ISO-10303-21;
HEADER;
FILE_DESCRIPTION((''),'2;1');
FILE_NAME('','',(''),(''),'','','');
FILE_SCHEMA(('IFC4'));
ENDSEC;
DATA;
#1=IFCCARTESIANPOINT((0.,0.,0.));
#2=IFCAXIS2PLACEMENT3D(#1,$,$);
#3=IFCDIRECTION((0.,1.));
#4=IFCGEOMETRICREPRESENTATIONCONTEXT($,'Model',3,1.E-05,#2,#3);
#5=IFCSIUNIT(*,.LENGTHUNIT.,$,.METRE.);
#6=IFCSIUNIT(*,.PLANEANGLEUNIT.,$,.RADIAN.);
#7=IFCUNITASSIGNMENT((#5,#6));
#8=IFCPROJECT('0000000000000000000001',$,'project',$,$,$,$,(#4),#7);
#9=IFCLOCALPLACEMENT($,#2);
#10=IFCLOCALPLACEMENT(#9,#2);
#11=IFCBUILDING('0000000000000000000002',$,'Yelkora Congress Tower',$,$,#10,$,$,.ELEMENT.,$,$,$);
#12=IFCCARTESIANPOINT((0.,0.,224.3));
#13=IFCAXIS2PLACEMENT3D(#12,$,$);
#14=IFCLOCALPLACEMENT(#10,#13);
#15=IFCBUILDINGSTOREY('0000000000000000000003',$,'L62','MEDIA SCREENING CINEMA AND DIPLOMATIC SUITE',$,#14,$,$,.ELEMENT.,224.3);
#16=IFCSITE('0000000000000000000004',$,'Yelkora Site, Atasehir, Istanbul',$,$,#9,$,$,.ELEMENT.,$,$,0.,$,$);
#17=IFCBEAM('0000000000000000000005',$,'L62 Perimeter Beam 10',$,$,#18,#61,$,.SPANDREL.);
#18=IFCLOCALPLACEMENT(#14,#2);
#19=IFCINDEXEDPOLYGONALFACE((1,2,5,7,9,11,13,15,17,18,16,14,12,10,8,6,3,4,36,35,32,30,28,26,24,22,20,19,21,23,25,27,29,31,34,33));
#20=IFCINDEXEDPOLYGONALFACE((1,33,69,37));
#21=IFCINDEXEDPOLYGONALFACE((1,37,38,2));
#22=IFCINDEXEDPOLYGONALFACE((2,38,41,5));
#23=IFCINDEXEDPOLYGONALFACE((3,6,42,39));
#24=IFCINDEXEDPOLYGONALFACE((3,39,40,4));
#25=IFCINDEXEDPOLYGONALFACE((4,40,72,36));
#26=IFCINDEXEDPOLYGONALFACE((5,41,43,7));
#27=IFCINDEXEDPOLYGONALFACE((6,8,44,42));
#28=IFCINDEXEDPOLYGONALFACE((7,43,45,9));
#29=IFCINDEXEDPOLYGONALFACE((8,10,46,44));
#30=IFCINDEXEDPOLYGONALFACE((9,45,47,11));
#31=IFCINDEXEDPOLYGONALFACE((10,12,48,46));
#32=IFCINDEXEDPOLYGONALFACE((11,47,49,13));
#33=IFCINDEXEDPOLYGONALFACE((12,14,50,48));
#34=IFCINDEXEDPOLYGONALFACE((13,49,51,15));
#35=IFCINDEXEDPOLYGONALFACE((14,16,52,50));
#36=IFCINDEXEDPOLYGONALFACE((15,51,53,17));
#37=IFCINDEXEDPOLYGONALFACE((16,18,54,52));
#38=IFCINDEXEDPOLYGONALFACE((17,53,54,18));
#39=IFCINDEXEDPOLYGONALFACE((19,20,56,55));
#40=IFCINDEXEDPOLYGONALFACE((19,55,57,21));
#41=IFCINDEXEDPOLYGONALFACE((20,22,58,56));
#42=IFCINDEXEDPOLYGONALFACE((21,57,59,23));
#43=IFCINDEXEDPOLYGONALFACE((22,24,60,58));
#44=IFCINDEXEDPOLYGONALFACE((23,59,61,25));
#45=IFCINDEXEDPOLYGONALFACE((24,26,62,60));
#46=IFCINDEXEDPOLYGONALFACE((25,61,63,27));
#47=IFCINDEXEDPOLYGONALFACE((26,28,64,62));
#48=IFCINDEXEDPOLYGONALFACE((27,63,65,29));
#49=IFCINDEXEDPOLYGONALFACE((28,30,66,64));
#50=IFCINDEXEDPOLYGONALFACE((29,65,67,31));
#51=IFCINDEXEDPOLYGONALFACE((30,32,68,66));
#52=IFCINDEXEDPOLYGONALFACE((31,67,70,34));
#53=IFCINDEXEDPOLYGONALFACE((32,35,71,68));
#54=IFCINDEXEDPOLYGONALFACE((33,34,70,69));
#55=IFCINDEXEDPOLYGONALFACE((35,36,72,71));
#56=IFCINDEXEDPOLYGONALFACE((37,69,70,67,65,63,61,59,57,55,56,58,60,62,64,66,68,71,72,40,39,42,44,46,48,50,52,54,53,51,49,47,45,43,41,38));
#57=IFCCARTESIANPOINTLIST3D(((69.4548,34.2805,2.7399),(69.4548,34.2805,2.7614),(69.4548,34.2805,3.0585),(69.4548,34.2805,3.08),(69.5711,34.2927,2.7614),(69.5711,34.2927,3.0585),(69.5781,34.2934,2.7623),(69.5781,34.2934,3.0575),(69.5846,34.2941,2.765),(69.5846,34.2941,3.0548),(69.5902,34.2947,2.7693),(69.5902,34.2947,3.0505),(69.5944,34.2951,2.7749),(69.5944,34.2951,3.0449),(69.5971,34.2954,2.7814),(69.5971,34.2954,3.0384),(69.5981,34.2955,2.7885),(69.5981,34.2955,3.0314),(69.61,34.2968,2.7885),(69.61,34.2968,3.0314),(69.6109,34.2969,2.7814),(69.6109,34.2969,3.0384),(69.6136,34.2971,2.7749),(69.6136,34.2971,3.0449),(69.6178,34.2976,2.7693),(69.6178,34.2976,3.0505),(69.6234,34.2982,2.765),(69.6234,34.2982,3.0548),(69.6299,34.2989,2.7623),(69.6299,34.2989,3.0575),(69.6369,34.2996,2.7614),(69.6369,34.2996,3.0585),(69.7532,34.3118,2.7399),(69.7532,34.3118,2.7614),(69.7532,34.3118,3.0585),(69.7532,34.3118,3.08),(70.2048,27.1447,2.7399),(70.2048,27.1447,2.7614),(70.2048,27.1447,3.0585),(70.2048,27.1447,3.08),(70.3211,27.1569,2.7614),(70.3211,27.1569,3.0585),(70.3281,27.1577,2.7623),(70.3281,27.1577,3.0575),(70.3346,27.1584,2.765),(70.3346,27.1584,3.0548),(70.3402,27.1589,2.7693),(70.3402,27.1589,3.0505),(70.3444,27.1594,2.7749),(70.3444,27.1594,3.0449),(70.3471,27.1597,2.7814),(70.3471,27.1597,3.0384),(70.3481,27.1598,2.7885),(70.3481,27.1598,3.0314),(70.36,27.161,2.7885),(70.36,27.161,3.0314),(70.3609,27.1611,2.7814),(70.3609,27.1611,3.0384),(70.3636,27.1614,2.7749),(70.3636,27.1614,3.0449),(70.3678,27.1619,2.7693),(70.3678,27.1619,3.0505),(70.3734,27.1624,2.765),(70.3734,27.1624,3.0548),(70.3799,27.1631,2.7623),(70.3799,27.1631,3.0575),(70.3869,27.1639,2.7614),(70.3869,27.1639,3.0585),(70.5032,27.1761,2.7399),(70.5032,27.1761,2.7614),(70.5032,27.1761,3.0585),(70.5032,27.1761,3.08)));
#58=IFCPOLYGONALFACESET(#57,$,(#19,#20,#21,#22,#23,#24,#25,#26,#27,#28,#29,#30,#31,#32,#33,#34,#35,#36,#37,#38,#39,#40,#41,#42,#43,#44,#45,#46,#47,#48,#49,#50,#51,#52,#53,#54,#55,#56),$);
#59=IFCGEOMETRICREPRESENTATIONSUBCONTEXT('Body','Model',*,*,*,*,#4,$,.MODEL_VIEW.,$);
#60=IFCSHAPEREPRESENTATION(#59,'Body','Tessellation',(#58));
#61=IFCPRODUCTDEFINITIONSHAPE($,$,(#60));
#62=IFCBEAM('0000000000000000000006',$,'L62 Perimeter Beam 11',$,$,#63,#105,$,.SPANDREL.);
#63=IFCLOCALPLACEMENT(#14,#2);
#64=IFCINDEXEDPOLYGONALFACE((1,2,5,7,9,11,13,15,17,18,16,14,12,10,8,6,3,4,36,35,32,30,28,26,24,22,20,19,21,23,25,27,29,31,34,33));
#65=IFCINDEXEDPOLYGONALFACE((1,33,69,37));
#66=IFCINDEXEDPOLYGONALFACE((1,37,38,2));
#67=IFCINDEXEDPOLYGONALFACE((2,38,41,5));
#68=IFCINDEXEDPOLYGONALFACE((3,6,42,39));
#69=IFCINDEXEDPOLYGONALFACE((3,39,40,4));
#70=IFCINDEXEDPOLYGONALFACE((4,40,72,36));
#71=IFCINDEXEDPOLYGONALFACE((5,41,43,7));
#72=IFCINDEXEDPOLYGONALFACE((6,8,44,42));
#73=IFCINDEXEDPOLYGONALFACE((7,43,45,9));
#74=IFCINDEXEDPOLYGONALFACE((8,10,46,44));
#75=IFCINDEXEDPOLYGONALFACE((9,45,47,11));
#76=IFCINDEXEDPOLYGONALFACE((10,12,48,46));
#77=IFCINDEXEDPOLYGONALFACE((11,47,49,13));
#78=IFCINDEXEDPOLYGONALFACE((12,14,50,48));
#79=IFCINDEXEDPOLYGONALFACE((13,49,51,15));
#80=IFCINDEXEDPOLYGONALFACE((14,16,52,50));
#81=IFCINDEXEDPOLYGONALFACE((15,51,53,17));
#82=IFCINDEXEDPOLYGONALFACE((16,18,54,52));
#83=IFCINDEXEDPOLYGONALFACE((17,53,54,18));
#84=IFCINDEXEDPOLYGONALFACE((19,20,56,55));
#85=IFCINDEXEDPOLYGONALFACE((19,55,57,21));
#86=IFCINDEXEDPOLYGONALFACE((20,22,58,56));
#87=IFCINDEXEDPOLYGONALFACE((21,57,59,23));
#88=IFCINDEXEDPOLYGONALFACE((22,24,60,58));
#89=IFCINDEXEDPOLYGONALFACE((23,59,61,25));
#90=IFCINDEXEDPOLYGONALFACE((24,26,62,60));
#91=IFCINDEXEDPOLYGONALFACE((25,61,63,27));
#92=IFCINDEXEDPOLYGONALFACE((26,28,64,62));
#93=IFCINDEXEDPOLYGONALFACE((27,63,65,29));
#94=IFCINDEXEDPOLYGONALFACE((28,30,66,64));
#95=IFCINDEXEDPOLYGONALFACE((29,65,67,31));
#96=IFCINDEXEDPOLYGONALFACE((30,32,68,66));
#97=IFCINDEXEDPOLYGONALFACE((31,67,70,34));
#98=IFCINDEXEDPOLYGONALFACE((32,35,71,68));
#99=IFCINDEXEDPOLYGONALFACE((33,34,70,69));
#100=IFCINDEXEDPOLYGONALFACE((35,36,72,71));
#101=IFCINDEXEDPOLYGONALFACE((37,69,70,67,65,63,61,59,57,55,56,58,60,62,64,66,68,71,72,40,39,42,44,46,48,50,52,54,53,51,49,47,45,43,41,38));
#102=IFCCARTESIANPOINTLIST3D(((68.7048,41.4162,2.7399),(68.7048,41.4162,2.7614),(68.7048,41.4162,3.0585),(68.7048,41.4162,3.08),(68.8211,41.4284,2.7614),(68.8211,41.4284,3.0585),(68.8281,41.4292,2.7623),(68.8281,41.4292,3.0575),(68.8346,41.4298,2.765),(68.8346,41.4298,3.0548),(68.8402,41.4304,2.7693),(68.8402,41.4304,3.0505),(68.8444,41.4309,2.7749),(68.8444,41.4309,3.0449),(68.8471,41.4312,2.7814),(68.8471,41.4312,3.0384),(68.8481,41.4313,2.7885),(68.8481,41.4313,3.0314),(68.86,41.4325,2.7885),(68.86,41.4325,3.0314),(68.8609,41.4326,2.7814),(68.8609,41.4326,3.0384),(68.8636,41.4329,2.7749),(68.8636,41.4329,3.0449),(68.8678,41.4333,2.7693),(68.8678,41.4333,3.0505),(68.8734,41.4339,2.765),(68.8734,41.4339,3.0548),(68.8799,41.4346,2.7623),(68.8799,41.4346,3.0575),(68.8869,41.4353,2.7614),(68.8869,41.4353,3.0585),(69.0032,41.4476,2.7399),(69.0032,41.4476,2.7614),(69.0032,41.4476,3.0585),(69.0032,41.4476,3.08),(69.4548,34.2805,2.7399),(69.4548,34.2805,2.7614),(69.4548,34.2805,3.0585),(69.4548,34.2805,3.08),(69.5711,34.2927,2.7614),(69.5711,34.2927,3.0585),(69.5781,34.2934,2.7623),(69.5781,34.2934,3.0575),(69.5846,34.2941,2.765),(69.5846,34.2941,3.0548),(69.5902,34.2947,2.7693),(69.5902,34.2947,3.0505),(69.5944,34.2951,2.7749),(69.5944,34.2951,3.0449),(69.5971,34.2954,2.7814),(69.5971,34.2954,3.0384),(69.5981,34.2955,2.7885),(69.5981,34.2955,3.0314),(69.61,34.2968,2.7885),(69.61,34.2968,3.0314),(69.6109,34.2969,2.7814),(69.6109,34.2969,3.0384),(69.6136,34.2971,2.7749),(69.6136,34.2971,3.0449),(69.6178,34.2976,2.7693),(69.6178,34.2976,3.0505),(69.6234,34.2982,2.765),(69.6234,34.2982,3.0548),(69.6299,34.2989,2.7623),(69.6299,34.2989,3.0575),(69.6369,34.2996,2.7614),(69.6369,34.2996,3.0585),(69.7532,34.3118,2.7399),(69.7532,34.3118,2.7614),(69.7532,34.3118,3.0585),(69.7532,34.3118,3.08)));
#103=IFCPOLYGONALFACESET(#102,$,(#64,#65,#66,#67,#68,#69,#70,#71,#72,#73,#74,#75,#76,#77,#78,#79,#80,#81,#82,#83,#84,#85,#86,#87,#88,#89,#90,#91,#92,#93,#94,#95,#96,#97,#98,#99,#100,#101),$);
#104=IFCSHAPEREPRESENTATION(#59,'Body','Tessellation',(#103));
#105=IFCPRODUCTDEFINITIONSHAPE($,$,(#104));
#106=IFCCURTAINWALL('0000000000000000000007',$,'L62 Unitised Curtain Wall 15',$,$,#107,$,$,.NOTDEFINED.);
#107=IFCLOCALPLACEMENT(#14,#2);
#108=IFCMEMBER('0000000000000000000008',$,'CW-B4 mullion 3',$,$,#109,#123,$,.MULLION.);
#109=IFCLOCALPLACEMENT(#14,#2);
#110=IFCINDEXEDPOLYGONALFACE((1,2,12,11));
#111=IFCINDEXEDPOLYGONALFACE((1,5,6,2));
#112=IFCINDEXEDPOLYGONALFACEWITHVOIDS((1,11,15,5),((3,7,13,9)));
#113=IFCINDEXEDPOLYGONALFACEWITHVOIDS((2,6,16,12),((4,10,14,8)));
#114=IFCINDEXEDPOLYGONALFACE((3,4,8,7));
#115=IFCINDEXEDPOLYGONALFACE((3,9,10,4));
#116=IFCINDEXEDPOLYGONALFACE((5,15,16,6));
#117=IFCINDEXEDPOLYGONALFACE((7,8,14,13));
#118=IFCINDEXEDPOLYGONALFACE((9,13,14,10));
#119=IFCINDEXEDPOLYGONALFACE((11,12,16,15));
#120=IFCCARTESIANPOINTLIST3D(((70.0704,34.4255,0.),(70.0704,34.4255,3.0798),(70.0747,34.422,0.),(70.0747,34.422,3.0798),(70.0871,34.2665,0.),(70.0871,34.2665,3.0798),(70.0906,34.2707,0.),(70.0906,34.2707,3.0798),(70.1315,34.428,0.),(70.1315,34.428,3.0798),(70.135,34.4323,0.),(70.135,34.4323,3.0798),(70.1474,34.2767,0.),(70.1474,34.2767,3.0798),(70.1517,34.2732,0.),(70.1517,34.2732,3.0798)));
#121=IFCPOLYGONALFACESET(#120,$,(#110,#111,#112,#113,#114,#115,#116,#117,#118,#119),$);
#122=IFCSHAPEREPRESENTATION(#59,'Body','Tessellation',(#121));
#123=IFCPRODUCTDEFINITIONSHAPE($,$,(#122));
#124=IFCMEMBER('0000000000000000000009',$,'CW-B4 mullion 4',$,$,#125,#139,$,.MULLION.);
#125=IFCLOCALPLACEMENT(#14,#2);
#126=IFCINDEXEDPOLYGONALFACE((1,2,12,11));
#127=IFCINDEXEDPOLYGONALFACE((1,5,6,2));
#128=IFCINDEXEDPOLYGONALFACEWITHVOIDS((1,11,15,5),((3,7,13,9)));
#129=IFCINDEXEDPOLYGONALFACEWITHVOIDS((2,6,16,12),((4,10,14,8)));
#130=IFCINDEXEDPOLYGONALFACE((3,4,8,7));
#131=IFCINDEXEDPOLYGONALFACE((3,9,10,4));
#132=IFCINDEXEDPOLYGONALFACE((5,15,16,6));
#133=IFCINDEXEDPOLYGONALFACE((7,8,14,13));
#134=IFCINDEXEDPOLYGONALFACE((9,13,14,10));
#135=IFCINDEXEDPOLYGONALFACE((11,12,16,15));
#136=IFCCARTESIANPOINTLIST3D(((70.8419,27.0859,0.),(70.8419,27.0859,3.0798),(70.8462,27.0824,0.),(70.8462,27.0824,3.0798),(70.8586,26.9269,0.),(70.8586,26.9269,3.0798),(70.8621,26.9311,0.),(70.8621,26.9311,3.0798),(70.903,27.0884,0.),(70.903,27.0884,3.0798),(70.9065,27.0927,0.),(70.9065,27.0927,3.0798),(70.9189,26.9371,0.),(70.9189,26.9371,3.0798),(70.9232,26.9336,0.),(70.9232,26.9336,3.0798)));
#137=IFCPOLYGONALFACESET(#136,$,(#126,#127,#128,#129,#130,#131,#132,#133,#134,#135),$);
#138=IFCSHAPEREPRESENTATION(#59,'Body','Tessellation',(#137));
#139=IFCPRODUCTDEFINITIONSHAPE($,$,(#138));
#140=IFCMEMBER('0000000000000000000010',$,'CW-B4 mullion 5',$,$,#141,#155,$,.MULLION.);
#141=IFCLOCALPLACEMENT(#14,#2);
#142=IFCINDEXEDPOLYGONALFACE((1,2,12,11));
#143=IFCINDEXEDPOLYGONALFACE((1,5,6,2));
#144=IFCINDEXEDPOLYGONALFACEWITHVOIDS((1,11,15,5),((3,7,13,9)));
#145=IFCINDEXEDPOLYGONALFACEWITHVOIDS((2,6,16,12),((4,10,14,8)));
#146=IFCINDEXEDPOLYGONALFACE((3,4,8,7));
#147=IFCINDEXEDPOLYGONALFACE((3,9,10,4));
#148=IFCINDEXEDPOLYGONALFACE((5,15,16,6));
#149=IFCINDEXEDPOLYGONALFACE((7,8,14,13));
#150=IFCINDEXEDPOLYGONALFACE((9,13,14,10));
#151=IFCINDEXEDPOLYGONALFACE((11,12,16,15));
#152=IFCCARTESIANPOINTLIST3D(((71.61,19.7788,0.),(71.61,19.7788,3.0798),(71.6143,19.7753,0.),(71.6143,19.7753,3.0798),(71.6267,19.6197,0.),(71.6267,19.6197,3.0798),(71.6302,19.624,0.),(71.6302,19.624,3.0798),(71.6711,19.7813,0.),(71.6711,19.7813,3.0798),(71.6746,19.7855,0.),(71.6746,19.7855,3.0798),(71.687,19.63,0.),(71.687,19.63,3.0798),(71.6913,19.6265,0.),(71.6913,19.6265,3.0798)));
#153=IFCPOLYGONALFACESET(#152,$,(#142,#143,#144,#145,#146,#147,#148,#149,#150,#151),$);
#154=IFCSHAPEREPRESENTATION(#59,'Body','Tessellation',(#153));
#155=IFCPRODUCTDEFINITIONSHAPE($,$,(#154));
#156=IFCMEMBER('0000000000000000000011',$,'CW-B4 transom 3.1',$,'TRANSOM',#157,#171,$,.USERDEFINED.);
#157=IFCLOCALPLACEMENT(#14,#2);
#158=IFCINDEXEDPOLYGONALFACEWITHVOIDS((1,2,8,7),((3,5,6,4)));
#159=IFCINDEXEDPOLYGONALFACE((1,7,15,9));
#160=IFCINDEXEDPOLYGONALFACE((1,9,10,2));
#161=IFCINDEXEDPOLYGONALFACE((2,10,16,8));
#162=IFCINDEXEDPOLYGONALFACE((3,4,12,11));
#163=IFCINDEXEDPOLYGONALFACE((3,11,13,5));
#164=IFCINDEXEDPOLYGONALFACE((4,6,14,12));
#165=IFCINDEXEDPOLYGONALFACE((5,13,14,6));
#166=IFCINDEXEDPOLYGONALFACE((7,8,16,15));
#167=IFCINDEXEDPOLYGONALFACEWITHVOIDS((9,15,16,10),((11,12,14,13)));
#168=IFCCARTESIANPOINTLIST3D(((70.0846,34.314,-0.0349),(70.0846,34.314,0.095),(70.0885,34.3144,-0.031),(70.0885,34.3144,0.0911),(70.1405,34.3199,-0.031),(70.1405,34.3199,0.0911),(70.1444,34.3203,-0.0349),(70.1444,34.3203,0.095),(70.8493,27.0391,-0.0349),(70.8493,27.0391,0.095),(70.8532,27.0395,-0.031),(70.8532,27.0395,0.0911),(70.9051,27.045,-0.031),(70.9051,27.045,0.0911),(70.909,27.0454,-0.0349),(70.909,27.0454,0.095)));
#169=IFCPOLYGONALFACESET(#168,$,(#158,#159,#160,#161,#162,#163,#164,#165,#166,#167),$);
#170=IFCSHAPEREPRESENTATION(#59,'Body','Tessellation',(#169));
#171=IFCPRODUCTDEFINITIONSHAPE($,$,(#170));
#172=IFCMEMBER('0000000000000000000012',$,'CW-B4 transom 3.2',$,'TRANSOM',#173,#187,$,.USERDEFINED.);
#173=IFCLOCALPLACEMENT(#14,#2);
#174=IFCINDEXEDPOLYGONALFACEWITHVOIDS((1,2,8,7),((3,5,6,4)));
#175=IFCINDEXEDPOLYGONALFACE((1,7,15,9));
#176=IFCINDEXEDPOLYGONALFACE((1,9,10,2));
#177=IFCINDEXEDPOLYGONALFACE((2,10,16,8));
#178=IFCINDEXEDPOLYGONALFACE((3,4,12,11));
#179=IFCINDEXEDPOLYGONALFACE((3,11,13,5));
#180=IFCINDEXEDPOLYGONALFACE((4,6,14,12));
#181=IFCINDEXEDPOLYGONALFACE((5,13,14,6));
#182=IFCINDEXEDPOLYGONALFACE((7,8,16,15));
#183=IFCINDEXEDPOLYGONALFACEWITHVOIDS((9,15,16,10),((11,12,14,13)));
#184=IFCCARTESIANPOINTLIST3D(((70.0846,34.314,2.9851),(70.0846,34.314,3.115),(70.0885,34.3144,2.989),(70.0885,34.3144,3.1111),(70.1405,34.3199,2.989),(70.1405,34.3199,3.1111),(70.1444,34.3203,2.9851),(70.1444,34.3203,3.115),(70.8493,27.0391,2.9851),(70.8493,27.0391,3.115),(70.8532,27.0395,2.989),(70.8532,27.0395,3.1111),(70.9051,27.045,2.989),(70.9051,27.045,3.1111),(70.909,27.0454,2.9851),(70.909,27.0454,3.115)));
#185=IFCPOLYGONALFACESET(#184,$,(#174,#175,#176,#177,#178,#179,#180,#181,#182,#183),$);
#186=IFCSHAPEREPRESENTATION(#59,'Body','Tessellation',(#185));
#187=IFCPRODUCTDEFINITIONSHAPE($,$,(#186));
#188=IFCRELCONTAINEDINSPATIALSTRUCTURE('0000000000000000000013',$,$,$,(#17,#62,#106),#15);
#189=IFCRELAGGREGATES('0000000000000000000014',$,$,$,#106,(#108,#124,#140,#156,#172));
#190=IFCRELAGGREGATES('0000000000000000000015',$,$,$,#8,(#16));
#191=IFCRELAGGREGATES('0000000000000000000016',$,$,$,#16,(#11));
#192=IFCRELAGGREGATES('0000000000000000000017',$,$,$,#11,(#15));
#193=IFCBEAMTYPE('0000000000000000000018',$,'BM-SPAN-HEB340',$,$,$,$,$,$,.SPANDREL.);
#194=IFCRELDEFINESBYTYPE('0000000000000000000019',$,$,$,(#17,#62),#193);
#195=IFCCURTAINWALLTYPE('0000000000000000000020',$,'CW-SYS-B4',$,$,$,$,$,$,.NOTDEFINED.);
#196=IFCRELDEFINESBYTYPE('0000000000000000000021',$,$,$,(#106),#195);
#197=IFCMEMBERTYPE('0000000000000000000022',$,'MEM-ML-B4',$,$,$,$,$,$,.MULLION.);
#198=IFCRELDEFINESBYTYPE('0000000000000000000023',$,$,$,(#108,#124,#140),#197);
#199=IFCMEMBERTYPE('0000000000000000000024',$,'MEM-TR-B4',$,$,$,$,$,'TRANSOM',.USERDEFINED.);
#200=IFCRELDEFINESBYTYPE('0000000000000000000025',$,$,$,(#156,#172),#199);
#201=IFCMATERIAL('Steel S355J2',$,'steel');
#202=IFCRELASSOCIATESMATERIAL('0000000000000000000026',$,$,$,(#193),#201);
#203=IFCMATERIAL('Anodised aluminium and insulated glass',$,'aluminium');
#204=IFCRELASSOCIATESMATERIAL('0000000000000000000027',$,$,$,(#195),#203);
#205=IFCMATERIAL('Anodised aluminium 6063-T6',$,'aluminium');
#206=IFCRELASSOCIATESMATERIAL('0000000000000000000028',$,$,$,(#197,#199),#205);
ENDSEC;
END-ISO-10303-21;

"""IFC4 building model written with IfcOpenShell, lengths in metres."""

from ifc_helpers import new_model, si_unit, direction, frame, origin, origin_2d, place, context, subcontext, project, spatial, hollow_rectangle, i_section, extrude, material, material_profile, profile_set, type_object, element, aggregate, save


model = new_model("IFC4")

# Units and contexts
model_context = context("Model", 3, precision=1e-05, world=origin(), true_north=direction((0.0, 1.0)))
body_context = subcontext(model_context, "Body", "Model", "MODEL_VIEW")
ifc_project = project(units=[si_unit("LENGTHUNIT", "METRE"), si_unit("PLANEANGLEUNIT", "RADIAN")], contexts=[model_context])

# Site, building, storey
site_placement = place(None, origin())
site = spatial("IfcSite", under=ifc_project, at=site_placement, Name="Yelkora Site, Atasehir, Istanbul", CompositionType="ELEMENT", RefElevation=0.0)
building_placement = place(site_placement, origin())
building = spatial("IfcBuilding", under=site, at=building_placement, Name="Yelkora Congress Tower", CompositionType="ELEMENT")
storey_placement = place(building_placement, frame((0.0, 0.0, 224.3)))
storey = spatial("IfcBuildingStorey", under=building, at=storey_placement, Name="L62", Description="MEDIA SCREENING CINEMA AND DIPLOMATIC SUITE", CompositionType="ELEMENT", Elevation=224.3)

# Shared definitions
ifc_material_1 = material(Name="Steel S355J2", Category="steel")

# Beams
ifc_material_profile_1 = material_profile(ifc_material_1, i_section(OverallWidth=0.3, OverallDepth=0.3401, WebThickness=0.012, FlangeThickness=0.0215, FilletRadius=0.0271, at=origin_2d()), Name="HEB 340")
ifc_profile_set_1 = profile_set([ifc_material_profile_1], Name="Steel S355J2")
beam_type_1 = type_object("IfcBeamType", Name="BM-SPAN-HEB340", PredefinedType="SPANDREL", material=ifc_profile_set_1)
for number, where, z_axis, x_axis, name in (
    (1, (70.354, 27.1604, 2.9099), (-0.104529, 0.994522, 0.0), (-0.994522, -0.104529, 0.0), "L62 Perimeter Beam 10"),
    (2, (69.604, 34.2961, 2.9099), (-0.104529, 0.994522, 0.0), (-0.994522, -0.104529, 0.0), "L62 Perimeter Beam 11"),
):
    element("IfcBeam", number, at=place(storey_placement, frame(where, z_axis=z_axis, x_axis=x_axis)), inside=storey, type_object=beam_type_1, Name=name, PredefinedType="SPANDREL", context=body_context, shape_type="SweptSolid", body=[
        extrude(i_section(OverallWidth=0.3, OverallDepth=0.3401, WebThickness=0.012, FlangeThickness=0.0215, FilletRadius=0.0271, at=origin_2d()), origin(), (0.0, 0.0, 1.0), 7.175),
    ])

# Curtain wall, members
ifc_material_2 = material(Name="Anodised aluminium and insulated glass", Category="aluminium")
curtain_wall_type = type_object("IfcCurtainWallType", Name="CW-SYS-B4", PredefinedType="NOTDEFINED", material=ifc_material_2)
curtain_wall_placement = place(storey_placement, origin())
curtain_wall = element("IfcCurtainWall", 3, at=curtain_wall_placement, inside=storey, type_object=curtain_wall_type, Name="L62 Unitised Curtain Wall 15", PredefinedType="NOTDEFINED")
ifc_material_3 = material(Name="Anodised aluminium 6063-T6", Category="aluminium")
ifc_material_profile_2 = material_profile(ifc_material_3, hollow_rectangle(XDim=0.0649, YDim=0.1599, WallThickness=0.0039, at=origin_2d()), Name="ALU 65x160x4")
ifc_profile_set_2 = profile_set([ifc_material_profile_2], Name="Anodised aluminium 6063-T6")
member_type_1 = type_object("IfcMemberType", Name="MEM-ML-B4", PredefinedType="MULLION", material=ifc_profile_set_2)
member_1_placement = place(storey_placement, frame((70.1111, 34.3494, 0.0), z_axis=(0.0, 0.0, 1.0), x_axis=(0.994522, 0.104526, 0.0)))
member_1 = element("IfcMember", 4, at=member_1_placement, type_object=member_type_1, Name="CW-B4 mullion 3", PredefinedType="MULLION", context=body_context, shape_type="SweptSolid", body=[
    extrude(hollow_rectangle(XDim=0.0649, YDim=0.1599, WallThickness=0.0039, at=origin_2d()), origin(), (0.0, 0.0, 1.0), 3.0798),
])
member_2_placement = place(storey_placement, frame((70.8826, 27.0098, 0.0), z_axis=(0.0, 0.0, 1.0), x_axis=(0.994522, 0.104526, 0.0)))
member_2 = element("IfcMember", 5, at=member_2_placement, type_object=member_type_1, Name="CW-B4 mullion 4", PredefinedType="MULLION", context=body_context, shape_type="SweptSolid", body=[
    extrude(hollow_rectangle(XDim=0.0649, YDim=0.1599, WallThickness=0.0039, at=origin_2d()), origin(), (0.0, 0.0, 1.0), 3.0798),
])
member_3_placement = place(storey_placement, frame((71.6506, 19.7026, 0.0), z_axis=(0.0, 0.0, 1.0), x_axis=(0.994522, 0.104526, 0.0)))
member_3 = element("IfcMember", 6, at=member_3_placement, type_object=member_type_1, Name="CW-B4 mullion 5", PredefinedType="MULLION", context=body_context, shape_type="SweptSolid", body=[
    extrude(hollow_rectangle(XDim=0.0649, YDim=0.1599, WallThickness=0.0039, at=origin_2d()), origin(), (0.0, 0.0, 1.0), 3.0798),
])
ifc_material_profile_3 = material_profile(ifc_material_3, hollow_rectangle(XDim=0.0601, YDim=0.1299, WallThickness=0.0039, at=origin_2d()), Name="ALU 60x130x4")
ifc_profile_set_3 = profile_set([ifc_material_profile_3], Name="Anodised aluminium 6063-T6")
member_type_2 = type_object("IfcMemberType", Name="MEM-TR-B4", ElementType="TRANSOM", PredefinedType="USERDEFINED", material=ifc_profile_set_3)
member_4_placement = place(storey_placement, frame((70.1145, 34.3171, 0.03), z_axis=(0.104532, -0.994522, 0.0), x_axis=(0.994522, 0.104532, 0.0)))
member_4 = element("IfcMember", 7, at=member_4_placement, type_object=member_type_2, Name="CW-B4 transom 3.1", ObjectType="TRANSOM", PredefinedType="USERDEFINED", context=body_context, shape_type="SweptSolid", body=[
    extrude(hollow_rectangle(XDim=0.0601, YDim=0.1299, WallThickness=0.0039, at=origin_2d()), origin(), (0.0, 0.0, 1.0), 7.3149),
])
member_5_placement = place(storey_placement, frame((70.1145, 34.3171, 3.05), z_axis=(0.104532, -0.994522, 0.0), x_axis=(0.994522, 0.104532, 0.0)))
member_5 = element("IfcMember", 8, at=member_5_placement, type_object=member_type_2, Name="CW-B4 transom 3.2", ObjectType="TRANSOM", PredefinedType="USERDEFINED", context=body_context, shape_type="SweptSolid", body=[
    extrude(hollow_rectangle(XDim=0.0601, YDim=0.1299, WallThickness=0.0039, at=origin_2d()), origin(), (0.0, 0.0, 1.0), 7.3149),
])
aggregate(curtain_wall, [member_1, member_2, member_3, member_4, member_5])

save(model, "model.ifc")
